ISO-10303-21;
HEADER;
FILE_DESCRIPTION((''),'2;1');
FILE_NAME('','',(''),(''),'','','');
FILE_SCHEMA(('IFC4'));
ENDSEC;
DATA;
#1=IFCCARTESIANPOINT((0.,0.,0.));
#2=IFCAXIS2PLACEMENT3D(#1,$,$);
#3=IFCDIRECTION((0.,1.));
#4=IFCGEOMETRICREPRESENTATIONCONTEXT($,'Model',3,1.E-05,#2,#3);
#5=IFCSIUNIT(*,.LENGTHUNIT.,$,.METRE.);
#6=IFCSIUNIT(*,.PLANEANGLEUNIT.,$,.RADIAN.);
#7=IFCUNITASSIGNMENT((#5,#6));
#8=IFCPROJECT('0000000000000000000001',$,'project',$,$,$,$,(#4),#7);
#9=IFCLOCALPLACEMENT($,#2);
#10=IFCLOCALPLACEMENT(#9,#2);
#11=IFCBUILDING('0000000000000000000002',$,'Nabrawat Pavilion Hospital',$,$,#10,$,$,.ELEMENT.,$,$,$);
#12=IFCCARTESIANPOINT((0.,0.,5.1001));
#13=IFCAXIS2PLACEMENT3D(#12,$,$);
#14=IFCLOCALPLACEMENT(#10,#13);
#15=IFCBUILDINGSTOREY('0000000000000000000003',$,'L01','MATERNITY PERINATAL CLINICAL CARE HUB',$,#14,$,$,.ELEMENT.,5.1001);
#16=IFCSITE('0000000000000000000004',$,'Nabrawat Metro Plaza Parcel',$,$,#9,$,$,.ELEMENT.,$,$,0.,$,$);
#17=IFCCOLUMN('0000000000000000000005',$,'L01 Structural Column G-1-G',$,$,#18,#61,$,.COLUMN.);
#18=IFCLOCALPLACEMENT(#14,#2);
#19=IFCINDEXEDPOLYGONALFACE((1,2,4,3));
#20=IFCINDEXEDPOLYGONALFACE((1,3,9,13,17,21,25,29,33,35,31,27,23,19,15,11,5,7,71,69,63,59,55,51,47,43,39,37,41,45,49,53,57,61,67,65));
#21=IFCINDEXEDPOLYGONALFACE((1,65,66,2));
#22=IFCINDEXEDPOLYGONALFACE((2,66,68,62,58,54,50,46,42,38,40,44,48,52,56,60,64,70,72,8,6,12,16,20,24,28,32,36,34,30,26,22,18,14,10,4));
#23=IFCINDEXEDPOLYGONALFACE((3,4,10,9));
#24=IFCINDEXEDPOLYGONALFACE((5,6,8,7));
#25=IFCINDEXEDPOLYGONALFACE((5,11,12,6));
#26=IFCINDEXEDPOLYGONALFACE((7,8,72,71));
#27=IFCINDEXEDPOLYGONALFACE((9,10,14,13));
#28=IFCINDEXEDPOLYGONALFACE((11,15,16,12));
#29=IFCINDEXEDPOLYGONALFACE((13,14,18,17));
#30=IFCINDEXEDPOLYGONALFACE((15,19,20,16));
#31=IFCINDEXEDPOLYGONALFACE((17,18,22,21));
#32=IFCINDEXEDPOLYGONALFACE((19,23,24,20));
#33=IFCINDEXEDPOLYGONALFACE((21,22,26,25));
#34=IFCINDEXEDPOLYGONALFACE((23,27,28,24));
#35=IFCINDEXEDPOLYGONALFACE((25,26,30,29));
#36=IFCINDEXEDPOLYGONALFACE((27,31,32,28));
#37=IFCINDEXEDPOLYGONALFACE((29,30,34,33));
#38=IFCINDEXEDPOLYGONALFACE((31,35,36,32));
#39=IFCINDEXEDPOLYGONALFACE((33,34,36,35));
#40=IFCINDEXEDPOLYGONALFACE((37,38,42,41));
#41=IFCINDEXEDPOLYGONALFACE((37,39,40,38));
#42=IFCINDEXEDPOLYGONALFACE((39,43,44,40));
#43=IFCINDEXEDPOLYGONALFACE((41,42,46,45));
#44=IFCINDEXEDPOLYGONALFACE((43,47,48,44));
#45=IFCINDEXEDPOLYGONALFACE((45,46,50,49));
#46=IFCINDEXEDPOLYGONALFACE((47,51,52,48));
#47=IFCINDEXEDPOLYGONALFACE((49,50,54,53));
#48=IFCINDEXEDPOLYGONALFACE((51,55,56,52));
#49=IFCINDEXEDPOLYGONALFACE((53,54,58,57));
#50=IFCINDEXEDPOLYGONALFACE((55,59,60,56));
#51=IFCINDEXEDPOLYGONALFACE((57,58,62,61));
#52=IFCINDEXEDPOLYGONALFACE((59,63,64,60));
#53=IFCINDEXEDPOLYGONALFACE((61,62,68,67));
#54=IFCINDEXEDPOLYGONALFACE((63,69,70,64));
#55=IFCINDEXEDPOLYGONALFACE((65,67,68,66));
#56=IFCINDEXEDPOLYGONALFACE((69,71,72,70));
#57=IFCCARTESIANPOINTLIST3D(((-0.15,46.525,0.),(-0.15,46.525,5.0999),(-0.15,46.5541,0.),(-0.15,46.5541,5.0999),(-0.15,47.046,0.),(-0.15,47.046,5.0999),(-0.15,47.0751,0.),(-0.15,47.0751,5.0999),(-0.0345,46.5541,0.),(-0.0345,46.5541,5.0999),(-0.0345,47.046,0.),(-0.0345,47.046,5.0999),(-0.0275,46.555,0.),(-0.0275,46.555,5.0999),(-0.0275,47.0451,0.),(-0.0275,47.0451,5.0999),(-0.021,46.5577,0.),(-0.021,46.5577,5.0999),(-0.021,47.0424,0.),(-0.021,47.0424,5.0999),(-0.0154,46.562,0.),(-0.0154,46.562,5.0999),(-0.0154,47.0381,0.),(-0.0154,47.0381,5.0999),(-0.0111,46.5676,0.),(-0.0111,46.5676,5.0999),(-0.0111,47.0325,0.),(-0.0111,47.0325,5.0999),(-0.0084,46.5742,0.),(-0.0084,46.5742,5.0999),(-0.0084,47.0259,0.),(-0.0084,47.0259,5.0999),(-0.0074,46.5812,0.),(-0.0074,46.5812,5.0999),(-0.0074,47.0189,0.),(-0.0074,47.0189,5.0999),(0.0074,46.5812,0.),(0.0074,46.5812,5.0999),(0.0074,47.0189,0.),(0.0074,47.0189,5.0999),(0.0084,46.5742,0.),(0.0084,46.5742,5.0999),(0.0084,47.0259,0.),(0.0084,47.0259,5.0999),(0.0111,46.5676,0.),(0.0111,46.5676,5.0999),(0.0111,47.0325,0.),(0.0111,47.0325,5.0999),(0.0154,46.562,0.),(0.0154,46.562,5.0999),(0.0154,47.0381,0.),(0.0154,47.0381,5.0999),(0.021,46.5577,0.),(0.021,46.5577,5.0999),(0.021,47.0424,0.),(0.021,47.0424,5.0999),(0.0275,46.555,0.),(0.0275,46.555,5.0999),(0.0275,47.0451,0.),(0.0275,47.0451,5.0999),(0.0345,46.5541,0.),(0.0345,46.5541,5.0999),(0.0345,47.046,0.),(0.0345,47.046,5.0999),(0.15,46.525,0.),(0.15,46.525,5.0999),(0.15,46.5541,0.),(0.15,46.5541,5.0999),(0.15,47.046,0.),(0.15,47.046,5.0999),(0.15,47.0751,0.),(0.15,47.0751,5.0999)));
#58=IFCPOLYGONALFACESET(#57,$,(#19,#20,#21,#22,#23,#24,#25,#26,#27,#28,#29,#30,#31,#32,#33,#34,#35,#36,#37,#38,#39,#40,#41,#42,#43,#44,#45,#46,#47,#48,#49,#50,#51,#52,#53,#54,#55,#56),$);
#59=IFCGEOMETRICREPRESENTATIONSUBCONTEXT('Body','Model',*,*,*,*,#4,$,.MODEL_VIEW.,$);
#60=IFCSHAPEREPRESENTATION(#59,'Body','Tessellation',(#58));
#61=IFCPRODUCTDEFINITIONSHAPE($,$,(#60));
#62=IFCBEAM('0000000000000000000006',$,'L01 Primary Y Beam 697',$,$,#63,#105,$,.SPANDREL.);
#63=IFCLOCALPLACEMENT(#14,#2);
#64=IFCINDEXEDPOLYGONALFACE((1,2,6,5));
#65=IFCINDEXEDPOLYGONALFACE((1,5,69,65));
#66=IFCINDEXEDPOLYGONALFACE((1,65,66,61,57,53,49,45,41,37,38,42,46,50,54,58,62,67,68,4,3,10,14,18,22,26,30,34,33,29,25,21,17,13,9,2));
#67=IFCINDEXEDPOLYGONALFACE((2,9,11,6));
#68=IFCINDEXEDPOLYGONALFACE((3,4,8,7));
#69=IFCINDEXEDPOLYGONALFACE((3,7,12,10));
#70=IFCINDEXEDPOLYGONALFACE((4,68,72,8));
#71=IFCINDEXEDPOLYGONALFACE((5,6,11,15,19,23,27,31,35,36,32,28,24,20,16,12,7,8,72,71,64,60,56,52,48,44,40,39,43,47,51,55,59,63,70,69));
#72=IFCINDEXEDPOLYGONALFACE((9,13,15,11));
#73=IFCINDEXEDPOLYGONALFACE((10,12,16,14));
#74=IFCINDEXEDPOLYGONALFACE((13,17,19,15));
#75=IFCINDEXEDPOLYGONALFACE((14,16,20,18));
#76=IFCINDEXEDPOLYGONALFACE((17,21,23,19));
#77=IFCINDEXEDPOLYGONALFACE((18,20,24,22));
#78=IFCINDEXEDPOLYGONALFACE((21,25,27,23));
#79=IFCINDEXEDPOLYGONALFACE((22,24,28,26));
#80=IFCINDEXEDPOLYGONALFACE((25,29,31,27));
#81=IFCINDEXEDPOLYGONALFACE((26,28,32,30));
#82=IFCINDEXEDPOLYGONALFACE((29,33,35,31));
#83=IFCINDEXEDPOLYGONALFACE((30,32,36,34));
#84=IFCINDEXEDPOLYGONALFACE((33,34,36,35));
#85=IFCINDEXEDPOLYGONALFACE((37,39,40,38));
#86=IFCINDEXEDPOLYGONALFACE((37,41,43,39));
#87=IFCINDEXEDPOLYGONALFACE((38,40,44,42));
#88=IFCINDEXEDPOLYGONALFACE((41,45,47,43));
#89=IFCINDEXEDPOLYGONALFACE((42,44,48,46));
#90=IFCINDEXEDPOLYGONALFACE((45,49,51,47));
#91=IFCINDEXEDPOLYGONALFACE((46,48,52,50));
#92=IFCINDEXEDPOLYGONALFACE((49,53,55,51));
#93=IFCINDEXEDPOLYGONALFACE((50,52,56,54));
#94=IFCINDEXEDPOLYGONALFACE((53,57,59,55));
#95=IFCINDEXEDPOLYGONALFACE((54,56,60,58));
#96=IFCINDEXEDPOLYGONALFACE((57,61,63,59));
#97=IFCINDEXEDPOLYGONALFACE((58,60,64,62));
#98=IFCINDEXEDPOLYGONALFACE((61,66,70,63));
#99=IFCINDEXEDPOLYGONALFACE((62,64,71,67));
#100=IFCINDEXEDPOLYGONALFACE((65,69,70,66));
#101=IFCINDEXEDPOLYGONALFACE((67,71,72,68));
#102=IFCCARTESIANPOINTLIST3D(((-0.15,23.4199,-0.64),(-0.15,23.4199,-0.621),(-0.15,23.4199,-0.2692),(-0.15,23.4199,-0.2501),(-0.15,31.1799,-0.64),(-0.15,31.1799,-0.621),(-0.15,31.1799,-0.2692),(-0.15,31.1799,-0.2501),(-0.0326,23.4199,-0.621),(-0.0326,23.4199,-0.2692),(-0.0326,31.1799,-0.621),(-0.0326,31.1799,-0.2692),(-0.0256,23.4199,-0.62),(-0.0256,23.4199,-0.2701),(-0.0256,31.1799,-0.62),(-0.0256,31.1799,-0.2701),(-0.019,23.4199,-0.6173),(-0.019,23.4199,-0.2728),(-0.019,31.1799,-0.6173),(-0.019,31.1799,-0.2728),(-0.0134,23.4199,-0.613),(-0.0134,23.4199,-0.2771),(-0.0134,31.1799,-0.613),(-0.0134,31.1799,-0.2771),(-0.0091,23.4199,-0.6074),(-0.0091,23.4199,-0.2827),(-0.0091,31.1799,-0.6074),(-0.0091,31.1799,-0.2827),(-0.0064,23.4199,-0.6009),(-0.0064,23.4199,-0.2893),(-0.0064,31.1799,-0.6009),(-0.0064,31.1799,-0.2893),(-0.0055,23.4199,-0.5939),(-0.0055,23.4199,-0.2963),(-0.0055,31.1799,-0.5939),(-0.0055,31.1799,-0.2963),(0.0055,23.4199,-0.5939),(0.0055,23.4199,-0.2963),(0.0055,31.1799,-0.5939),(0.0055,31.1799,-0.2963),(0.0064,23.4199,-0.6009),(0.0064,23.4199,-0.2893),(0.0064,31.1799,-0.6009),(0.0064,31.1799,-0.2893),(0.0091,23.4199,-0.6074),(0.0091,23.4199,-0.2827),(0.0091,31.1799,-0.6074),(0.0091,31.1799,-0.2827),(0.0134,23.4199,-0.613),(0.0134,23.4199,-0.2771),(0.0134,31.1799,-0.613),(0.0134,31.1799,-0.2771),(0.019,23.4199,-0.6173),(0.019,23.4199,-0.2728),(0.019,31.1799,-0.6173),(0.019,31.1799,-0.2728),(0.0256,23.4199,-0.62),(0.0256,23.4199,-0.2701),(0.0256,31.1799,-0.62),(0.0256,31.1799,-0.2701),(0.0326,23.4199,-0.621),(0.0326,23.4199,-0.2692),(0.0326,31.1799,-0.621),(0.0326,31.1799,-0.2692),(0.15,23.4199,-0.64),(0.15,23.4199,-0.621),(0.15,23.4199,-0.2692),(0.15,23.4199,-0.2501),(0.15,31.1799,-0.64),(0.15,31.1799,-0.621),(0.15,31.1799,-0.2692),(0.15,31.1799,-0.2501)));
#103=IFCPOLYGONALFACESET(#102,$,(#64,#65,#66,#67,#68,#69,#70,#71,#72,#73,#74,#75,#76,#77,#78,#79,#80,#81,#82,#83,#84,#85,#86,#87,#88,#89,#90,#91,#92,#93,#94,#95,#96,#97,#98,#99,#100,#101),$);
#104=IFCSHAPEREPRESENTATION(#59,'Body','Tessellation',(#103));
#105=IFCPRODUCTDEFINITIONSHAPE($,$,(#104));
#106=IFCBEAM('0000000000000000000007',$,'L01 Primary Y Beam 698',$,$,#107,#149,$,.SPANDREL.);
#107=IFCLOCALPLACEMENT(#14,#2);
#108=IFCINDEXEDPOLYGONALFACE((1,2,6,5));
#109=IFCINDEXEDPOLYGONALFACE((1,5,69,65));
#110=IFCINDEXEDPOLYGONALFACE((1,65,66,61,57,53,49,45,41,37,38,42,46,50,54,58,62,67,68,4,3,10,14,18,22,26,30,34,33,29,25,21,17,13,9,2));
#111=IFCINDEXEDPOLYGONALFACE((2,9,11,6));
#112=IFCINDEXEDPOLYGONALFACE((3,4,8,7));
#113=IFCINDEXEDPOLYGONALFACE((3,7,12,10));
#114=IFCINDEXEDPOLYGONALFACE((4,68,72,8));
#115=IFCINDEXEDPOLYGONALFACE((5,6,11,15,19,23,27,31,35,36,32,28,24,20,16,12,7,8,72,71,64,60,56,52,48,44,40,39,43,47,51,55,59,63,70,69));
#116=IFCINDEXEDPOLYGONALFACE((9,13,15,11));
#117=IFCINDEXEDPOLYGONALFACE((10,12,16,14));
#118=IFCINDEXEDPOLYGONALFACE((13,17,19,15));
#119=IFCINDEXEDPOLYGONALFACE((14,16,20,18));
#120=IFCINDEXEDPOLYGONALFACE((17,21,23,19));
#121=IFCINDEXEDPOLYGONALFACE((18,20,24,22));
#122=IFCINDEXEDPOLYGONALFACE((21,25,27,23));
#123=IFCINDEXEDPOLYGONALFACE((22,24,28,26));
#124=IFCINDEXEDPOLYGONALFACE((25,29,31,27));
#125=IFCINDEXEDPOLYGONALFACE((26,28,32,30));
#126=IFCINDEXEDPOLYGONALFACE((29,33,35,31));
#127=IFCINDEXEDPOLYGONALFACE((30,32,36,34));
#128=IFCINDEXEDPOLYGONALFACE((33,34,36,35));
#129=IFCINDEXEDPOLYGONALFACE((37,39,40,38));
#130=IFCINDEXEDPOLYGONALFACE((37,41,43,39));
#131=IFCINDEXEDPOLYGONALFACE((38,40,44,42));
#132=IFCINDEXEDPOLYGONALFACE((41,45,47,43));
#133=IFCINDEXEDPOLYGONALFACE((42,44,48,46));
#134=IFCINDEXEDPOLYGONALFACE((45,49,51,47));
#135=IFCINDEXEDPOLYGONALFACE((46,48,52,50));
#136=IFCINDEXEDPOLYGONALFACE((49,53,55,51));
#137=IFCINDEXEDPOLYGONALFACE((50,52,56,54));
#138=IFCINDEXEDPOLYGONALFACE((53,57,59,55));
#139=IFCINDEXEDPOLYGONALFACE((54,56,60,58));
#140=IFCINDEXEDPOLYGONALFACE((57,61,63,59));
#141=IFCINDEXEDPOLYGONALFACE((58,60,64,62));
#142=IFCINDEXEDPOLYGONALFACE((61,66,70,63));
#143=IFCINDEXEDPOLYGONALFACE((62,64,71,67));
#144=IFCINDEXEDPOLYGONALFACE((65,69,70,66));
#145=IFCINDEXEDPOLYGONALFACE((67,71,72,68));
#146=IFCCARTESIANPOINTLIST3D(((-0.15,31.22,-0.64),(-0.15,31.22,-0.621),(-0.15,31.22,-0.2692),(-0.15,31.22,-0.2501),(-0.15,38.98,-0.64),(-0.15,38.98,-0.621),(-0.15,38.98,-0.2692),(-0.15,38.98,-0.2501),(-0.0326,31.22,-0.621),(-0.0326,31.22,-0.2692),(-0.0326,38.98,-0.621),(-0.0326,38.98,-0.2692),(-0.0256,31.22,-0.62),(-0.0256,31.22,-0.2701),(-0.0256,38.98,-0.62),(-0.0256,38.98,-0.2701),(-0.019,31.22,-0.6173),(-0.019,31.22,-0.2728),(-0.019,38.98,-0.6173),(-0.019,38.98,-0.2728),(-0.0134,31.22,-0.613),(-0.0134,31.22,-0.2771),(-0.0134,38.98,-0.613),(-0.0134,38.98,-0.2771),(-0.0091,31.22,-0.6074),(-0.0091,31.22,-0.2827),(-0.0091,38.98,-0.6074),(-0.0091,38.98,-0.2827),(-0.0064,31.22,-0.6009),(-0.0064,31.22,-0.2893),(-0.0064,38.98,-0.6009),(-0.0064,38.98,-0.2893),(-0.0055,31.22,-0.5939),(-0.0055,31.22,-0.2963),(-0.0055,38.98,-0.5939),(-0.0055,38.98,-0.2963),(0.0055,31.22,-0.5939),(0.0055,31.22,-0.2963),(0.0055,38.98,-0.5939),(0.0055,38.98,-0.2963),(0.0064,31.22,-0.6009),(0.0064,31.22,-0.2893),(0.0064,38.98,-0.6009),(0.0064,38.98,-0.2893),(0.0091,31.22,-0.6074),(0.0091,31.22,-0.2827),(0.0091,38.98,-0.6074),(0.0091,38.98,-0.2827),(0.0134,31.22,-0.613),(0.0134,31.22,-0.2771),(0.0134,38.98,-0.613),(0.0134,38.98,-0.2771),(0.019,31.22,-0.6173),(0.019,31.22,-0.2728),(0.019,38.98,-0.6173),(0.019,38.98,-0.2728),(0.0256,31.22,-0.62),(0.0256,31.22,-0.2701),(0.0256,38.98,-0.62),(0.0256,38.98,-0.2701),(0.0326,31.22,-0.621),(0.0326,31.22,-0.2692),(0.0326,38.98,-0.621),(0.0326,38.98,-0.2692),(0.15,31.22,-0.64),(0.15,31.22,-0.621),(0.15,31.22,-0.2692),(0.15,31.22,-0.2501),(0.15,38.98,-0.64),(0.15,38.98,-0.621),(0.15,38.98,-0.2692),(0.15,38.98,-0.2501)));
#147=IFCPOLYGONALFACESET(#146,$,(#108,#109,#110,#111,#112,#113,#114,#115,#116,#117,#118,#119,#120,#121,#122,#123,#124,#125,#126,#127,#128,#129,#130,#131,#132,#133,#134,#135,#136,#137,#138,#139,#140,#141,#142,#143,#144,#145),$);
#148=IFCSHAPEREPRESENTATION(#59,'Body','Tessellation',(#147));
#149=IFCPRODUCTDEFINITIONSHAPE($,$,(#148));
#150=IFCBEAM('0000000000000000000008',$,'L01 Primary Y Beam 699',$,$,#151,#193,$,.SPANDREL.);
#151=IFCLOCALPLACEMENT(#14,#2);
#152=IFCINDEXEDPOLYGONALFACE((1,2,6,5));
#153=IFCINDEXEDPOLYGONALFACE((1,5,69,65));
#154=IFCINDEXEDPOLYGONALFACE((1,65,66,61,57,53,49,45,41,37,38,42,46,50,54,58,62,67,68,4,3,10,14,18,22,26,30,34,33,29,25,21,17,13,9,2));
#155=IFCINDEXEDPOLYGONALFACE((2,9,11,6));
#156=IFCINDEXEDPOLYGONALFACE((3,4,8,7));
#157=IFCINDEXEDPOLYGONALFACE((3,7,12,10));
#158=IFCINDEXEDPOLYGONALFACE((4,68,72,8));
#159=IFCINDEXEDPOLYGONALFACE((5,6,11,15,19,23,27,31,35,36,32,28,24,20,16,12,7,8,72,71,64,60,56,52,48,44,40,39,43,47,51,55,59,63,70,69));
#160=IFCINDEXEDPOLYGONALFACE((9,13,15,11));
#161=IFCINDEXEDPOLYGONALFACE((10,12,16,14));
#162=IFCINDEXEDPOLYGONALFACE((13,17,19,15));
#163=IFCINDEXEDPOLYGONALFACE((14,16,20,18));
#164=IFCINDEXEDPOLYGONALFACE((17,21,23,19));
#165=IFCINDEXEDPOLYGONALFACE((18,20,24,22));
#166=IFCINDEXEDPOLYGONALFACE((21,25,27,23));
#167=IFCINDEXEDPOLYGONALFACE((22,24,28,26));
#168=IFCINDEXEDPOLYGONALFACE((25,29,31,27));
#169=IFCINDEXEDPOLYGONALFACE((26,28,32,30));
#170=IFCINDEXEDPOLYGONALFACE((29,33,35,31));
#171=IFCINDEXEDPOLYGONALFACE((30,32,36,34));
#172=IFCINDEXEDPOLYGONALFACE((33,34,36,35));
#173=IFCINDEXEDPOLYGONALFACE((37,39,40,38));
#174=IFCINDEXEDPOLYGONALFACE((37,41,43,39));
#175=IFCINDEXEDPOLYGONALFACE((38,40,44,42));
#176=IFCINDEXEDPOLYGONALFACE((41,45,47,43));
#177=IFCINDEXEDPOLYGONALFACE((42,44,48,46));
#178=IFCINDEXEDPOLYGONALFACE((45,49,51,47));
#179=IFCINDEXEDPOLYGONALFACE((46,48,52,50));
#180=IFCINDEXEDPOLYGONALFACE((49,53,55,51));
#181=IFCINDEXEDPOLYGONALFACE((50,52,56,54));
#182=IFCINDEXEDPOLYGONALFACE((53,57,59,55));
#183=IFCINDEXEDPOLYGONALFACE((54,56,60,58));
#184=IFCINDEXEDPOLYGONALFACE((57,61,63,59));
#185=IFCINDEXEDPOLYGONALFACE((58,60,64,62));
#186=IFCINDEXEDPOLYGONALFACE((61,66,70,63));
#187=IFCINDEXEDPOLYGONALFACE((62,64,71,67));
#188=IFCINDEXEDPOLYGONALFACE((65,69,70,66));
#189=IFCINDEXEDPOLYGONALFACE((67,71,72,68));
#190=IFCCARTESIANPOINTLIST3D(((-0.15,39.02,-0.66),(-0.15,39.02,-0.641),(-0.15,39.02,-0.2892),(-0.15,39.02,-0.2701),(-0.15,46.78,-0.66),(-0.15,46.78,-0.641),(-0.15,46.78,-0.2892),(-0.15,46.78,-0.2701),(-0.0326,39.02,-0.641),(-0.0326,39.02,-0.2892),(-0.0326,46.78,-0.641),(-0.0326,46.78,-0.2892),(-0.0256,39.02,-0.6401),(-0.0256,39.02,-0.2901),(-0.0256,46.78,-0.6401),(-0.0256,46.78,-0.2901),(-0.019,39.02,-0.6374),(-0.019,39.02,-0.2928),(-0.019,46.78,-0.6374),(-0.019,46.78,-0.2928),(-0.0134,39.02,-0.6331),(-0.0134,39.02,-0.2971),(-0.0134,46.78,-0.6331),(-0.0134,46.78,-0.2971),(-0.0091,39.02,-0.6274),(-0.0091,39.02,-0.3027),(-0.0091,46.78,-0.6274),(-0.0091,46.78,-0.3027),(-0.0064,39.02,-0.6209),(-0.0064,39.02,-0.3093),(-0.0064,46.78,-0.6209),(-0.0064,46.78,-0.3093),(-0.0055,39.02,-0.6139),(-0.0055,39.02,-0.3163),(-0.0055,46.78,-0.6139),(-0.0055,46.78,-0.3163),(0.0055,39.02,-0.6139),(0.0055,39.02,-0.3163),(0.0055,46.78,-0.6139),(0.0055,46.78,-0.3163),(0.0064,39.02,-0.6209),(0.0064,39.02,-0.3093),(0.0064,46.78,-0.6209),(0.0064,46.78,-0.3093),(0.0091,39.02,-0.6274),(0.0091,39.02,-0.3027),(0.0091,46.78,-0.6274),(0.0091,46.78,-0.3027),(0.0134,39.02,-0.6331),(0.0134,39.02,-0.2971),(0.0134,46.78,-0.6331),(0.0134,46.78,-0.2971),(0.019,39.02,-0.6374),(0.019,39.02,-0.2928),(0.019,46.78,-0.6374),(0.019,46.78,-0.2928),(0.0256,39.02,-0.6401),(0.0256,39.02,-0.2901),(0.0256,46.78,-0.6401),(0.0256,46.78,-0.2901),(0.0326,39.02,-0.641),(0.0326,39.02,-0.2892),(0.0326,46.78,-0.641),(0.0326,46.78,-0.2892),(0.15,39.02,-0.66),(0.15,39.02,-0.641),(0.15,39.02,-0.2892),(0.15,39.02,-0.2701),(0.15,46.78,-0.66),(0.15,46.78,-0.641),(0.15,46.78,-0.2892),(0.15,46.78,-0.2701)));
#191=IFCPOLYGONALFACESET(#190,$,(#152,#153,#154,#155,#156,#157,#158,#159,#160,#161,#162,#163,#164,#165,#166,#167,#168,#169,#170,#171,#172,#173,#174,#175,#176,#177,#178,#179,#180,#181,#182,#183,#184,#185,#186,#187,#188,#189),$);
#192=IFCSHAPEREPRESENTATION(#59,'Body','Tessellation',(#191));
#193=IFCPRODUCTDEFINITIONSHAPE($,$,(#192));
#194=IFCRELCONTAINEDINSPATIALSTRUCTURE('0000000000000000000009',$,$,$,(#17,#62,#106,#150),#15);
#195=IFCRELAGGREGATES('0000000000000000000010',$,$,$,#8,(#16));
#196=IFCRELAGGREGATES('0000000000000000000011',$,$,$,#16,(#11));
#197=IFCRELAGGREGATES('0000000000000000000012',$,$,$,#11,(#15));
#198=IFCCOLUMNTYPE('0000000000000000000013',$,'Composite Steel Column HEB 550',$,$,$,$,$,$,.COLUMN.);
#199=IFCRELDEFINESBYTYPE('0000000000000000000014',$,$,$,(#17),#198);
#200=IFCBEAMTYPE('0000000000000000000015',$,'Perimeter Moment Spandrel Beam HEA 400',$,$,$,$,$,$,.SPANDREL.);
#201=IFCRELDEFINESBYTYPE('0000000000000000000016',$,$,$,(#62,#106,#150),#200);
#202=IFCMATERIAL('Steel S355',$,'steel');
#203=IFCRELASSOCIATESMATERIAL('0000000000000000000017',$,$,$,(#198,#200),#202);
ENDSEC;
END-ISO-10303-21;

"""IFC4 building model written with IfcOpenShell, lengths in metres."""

from ifc_helpers import new_model, si_unit, direction, frame, origin, origin_2d, place, context, subcontext, project, spatial, i_section, extrude, material, material_profile, profile_set, type_object, element, save


model = new_model("IFC4")

# Units and contexts
model_context = context("Model", 3, precision=1e-05, world=origin(), true_north=direction((0.0, 1.0)))
body_context = subcontext(model_context, "Body", "Model", "MODEL_VIEW")
ifc_project = project(units=[si_unit("LENGTHUNIT", "METRE"), si_unit("PLANEANGLEUNIT", "RADIAN")], contexts=[model_context])

# Site, building, storey
site_placement = place(None, origin())
site = spatial("IfcSite", under=ifc_project, at=site_placement, Name="Nabrawat Metro Plaza Parcel", CompositionType="ELEMENT", RefElevation=0.0)
building_placement = place(site_placement, origin())
building = spatial("IfcBuilding", under=site, at=building_placement, Name="Nabrawat Pavilion Hospital", CompositionType="ELEMENT")
storey_placement = place(building_placement, frame((0.0, 0.0, 5.1001)))
storey = spatial("IfcBuildingStorey", under=building, at=storey_placement, Name="L01", Description="MATERNITY PERINATAL CLINICAL CARE HUB", CompositionType="ELEMENT", Elevation=5.1001)

# Column
ifc_material_1 = material(Name="Steel S355", Category="steel")
ifc_material_profile_1 = material_profile(ifc_material_1, i_section(OverallWidth=0.3, OverallDepth=0.55, WebThickness=0.0149, FlangeThickness=0.0291, FilletRadius=0.0271, at=origin_2d()), Name="HEB 550")
ifc_profile_set_1 = profile_set([ifc_material_profile_1], Name="Steel S355")
column_type_1 = type_object("IfcColumnType", Name="Composite Steel Column HEB 550", PredefinedType="COLUMN", material=ifc_profile_set_1)
column_placement = place(storey_placement, frame((0.0, 46.8, 0.0), z_axis=(0.0, 0.0, 1.0), x_axis=(1.0, 0.0, 0.0)))
element("IfcColumn", 1, at=column_placement, inside=storey, type_object=column_type_1, Name="L01 Structural Column G-1-G", PredefinedType="COLUMN", context=body_context, shape_type="SweptSolid", body=[
    extrude(i_section(OverallWidth=0.3, OverallDepth=0.55, WebThickness=0.0149, FlangeThickness=0.0291, FilletRadius=0.0271, at=origin_2d()), origin(), (0.0, 0.0, 1.0), 5.0999),
])

# Beams
ifc_material_profile_2 = material_profile(ifc_material_1, i_section(OverallWidth=0.3, OverallDepth=0.3899, WebThickness=0.011, FlangeThickness=0.019, FilletRadius=0.0271, at=origin_2d()), Name="HEA 400")
ifc_profile_set_2 = profile_set([ifc_material_profile_2], Name="Steel S355")
beam_type_1 = type_object("IfcBeamType", Name="Perimeter Moment Spandrel Beam HEA 400", PredefinedType="SPANDREL", material=ifc_profile_set_2)
for number, where, z_axis, x_axis, name in (
    (2, (0.0, 23.4199, -0.4451), (0.0, 1.0, 0.0), (-1.0, 0.0, 0.0), "L01 Primary Y Beam 697"),
    (3, (0.0, 31.22, -0.4451), (0.0, 1.0, 0.0), (-1.0, 0.0, 0.0), "L01 Primary Y Beam 698"),
    (4, (0.0, 39.02, -0.4651), (0.0, 1.0, 0.0), (-1.0, 0.0, 0.0), "L01 Primary Y Beam 699"),
):
    element("IfcBeam", number, at=place(storey_placement, frame(where, z_axis=z_axis, x_axis=x_axis)), inside=storey, type_object=beam_type_1, Name=name, PredefinedType="SPANDREL", context=body_context, shape_type="SweptSolid", body=[
        extrude(i_section(OverallWidth=0.3, OverallDepth=0.3899, WebThickness=0.011, FlangeThickness=0.019, FilletRadius=0.0271, at=origin_2d()), origin(), (0.0, 0.0, 1.0), 7.76),
    ])

save(model, "model.ifc")
